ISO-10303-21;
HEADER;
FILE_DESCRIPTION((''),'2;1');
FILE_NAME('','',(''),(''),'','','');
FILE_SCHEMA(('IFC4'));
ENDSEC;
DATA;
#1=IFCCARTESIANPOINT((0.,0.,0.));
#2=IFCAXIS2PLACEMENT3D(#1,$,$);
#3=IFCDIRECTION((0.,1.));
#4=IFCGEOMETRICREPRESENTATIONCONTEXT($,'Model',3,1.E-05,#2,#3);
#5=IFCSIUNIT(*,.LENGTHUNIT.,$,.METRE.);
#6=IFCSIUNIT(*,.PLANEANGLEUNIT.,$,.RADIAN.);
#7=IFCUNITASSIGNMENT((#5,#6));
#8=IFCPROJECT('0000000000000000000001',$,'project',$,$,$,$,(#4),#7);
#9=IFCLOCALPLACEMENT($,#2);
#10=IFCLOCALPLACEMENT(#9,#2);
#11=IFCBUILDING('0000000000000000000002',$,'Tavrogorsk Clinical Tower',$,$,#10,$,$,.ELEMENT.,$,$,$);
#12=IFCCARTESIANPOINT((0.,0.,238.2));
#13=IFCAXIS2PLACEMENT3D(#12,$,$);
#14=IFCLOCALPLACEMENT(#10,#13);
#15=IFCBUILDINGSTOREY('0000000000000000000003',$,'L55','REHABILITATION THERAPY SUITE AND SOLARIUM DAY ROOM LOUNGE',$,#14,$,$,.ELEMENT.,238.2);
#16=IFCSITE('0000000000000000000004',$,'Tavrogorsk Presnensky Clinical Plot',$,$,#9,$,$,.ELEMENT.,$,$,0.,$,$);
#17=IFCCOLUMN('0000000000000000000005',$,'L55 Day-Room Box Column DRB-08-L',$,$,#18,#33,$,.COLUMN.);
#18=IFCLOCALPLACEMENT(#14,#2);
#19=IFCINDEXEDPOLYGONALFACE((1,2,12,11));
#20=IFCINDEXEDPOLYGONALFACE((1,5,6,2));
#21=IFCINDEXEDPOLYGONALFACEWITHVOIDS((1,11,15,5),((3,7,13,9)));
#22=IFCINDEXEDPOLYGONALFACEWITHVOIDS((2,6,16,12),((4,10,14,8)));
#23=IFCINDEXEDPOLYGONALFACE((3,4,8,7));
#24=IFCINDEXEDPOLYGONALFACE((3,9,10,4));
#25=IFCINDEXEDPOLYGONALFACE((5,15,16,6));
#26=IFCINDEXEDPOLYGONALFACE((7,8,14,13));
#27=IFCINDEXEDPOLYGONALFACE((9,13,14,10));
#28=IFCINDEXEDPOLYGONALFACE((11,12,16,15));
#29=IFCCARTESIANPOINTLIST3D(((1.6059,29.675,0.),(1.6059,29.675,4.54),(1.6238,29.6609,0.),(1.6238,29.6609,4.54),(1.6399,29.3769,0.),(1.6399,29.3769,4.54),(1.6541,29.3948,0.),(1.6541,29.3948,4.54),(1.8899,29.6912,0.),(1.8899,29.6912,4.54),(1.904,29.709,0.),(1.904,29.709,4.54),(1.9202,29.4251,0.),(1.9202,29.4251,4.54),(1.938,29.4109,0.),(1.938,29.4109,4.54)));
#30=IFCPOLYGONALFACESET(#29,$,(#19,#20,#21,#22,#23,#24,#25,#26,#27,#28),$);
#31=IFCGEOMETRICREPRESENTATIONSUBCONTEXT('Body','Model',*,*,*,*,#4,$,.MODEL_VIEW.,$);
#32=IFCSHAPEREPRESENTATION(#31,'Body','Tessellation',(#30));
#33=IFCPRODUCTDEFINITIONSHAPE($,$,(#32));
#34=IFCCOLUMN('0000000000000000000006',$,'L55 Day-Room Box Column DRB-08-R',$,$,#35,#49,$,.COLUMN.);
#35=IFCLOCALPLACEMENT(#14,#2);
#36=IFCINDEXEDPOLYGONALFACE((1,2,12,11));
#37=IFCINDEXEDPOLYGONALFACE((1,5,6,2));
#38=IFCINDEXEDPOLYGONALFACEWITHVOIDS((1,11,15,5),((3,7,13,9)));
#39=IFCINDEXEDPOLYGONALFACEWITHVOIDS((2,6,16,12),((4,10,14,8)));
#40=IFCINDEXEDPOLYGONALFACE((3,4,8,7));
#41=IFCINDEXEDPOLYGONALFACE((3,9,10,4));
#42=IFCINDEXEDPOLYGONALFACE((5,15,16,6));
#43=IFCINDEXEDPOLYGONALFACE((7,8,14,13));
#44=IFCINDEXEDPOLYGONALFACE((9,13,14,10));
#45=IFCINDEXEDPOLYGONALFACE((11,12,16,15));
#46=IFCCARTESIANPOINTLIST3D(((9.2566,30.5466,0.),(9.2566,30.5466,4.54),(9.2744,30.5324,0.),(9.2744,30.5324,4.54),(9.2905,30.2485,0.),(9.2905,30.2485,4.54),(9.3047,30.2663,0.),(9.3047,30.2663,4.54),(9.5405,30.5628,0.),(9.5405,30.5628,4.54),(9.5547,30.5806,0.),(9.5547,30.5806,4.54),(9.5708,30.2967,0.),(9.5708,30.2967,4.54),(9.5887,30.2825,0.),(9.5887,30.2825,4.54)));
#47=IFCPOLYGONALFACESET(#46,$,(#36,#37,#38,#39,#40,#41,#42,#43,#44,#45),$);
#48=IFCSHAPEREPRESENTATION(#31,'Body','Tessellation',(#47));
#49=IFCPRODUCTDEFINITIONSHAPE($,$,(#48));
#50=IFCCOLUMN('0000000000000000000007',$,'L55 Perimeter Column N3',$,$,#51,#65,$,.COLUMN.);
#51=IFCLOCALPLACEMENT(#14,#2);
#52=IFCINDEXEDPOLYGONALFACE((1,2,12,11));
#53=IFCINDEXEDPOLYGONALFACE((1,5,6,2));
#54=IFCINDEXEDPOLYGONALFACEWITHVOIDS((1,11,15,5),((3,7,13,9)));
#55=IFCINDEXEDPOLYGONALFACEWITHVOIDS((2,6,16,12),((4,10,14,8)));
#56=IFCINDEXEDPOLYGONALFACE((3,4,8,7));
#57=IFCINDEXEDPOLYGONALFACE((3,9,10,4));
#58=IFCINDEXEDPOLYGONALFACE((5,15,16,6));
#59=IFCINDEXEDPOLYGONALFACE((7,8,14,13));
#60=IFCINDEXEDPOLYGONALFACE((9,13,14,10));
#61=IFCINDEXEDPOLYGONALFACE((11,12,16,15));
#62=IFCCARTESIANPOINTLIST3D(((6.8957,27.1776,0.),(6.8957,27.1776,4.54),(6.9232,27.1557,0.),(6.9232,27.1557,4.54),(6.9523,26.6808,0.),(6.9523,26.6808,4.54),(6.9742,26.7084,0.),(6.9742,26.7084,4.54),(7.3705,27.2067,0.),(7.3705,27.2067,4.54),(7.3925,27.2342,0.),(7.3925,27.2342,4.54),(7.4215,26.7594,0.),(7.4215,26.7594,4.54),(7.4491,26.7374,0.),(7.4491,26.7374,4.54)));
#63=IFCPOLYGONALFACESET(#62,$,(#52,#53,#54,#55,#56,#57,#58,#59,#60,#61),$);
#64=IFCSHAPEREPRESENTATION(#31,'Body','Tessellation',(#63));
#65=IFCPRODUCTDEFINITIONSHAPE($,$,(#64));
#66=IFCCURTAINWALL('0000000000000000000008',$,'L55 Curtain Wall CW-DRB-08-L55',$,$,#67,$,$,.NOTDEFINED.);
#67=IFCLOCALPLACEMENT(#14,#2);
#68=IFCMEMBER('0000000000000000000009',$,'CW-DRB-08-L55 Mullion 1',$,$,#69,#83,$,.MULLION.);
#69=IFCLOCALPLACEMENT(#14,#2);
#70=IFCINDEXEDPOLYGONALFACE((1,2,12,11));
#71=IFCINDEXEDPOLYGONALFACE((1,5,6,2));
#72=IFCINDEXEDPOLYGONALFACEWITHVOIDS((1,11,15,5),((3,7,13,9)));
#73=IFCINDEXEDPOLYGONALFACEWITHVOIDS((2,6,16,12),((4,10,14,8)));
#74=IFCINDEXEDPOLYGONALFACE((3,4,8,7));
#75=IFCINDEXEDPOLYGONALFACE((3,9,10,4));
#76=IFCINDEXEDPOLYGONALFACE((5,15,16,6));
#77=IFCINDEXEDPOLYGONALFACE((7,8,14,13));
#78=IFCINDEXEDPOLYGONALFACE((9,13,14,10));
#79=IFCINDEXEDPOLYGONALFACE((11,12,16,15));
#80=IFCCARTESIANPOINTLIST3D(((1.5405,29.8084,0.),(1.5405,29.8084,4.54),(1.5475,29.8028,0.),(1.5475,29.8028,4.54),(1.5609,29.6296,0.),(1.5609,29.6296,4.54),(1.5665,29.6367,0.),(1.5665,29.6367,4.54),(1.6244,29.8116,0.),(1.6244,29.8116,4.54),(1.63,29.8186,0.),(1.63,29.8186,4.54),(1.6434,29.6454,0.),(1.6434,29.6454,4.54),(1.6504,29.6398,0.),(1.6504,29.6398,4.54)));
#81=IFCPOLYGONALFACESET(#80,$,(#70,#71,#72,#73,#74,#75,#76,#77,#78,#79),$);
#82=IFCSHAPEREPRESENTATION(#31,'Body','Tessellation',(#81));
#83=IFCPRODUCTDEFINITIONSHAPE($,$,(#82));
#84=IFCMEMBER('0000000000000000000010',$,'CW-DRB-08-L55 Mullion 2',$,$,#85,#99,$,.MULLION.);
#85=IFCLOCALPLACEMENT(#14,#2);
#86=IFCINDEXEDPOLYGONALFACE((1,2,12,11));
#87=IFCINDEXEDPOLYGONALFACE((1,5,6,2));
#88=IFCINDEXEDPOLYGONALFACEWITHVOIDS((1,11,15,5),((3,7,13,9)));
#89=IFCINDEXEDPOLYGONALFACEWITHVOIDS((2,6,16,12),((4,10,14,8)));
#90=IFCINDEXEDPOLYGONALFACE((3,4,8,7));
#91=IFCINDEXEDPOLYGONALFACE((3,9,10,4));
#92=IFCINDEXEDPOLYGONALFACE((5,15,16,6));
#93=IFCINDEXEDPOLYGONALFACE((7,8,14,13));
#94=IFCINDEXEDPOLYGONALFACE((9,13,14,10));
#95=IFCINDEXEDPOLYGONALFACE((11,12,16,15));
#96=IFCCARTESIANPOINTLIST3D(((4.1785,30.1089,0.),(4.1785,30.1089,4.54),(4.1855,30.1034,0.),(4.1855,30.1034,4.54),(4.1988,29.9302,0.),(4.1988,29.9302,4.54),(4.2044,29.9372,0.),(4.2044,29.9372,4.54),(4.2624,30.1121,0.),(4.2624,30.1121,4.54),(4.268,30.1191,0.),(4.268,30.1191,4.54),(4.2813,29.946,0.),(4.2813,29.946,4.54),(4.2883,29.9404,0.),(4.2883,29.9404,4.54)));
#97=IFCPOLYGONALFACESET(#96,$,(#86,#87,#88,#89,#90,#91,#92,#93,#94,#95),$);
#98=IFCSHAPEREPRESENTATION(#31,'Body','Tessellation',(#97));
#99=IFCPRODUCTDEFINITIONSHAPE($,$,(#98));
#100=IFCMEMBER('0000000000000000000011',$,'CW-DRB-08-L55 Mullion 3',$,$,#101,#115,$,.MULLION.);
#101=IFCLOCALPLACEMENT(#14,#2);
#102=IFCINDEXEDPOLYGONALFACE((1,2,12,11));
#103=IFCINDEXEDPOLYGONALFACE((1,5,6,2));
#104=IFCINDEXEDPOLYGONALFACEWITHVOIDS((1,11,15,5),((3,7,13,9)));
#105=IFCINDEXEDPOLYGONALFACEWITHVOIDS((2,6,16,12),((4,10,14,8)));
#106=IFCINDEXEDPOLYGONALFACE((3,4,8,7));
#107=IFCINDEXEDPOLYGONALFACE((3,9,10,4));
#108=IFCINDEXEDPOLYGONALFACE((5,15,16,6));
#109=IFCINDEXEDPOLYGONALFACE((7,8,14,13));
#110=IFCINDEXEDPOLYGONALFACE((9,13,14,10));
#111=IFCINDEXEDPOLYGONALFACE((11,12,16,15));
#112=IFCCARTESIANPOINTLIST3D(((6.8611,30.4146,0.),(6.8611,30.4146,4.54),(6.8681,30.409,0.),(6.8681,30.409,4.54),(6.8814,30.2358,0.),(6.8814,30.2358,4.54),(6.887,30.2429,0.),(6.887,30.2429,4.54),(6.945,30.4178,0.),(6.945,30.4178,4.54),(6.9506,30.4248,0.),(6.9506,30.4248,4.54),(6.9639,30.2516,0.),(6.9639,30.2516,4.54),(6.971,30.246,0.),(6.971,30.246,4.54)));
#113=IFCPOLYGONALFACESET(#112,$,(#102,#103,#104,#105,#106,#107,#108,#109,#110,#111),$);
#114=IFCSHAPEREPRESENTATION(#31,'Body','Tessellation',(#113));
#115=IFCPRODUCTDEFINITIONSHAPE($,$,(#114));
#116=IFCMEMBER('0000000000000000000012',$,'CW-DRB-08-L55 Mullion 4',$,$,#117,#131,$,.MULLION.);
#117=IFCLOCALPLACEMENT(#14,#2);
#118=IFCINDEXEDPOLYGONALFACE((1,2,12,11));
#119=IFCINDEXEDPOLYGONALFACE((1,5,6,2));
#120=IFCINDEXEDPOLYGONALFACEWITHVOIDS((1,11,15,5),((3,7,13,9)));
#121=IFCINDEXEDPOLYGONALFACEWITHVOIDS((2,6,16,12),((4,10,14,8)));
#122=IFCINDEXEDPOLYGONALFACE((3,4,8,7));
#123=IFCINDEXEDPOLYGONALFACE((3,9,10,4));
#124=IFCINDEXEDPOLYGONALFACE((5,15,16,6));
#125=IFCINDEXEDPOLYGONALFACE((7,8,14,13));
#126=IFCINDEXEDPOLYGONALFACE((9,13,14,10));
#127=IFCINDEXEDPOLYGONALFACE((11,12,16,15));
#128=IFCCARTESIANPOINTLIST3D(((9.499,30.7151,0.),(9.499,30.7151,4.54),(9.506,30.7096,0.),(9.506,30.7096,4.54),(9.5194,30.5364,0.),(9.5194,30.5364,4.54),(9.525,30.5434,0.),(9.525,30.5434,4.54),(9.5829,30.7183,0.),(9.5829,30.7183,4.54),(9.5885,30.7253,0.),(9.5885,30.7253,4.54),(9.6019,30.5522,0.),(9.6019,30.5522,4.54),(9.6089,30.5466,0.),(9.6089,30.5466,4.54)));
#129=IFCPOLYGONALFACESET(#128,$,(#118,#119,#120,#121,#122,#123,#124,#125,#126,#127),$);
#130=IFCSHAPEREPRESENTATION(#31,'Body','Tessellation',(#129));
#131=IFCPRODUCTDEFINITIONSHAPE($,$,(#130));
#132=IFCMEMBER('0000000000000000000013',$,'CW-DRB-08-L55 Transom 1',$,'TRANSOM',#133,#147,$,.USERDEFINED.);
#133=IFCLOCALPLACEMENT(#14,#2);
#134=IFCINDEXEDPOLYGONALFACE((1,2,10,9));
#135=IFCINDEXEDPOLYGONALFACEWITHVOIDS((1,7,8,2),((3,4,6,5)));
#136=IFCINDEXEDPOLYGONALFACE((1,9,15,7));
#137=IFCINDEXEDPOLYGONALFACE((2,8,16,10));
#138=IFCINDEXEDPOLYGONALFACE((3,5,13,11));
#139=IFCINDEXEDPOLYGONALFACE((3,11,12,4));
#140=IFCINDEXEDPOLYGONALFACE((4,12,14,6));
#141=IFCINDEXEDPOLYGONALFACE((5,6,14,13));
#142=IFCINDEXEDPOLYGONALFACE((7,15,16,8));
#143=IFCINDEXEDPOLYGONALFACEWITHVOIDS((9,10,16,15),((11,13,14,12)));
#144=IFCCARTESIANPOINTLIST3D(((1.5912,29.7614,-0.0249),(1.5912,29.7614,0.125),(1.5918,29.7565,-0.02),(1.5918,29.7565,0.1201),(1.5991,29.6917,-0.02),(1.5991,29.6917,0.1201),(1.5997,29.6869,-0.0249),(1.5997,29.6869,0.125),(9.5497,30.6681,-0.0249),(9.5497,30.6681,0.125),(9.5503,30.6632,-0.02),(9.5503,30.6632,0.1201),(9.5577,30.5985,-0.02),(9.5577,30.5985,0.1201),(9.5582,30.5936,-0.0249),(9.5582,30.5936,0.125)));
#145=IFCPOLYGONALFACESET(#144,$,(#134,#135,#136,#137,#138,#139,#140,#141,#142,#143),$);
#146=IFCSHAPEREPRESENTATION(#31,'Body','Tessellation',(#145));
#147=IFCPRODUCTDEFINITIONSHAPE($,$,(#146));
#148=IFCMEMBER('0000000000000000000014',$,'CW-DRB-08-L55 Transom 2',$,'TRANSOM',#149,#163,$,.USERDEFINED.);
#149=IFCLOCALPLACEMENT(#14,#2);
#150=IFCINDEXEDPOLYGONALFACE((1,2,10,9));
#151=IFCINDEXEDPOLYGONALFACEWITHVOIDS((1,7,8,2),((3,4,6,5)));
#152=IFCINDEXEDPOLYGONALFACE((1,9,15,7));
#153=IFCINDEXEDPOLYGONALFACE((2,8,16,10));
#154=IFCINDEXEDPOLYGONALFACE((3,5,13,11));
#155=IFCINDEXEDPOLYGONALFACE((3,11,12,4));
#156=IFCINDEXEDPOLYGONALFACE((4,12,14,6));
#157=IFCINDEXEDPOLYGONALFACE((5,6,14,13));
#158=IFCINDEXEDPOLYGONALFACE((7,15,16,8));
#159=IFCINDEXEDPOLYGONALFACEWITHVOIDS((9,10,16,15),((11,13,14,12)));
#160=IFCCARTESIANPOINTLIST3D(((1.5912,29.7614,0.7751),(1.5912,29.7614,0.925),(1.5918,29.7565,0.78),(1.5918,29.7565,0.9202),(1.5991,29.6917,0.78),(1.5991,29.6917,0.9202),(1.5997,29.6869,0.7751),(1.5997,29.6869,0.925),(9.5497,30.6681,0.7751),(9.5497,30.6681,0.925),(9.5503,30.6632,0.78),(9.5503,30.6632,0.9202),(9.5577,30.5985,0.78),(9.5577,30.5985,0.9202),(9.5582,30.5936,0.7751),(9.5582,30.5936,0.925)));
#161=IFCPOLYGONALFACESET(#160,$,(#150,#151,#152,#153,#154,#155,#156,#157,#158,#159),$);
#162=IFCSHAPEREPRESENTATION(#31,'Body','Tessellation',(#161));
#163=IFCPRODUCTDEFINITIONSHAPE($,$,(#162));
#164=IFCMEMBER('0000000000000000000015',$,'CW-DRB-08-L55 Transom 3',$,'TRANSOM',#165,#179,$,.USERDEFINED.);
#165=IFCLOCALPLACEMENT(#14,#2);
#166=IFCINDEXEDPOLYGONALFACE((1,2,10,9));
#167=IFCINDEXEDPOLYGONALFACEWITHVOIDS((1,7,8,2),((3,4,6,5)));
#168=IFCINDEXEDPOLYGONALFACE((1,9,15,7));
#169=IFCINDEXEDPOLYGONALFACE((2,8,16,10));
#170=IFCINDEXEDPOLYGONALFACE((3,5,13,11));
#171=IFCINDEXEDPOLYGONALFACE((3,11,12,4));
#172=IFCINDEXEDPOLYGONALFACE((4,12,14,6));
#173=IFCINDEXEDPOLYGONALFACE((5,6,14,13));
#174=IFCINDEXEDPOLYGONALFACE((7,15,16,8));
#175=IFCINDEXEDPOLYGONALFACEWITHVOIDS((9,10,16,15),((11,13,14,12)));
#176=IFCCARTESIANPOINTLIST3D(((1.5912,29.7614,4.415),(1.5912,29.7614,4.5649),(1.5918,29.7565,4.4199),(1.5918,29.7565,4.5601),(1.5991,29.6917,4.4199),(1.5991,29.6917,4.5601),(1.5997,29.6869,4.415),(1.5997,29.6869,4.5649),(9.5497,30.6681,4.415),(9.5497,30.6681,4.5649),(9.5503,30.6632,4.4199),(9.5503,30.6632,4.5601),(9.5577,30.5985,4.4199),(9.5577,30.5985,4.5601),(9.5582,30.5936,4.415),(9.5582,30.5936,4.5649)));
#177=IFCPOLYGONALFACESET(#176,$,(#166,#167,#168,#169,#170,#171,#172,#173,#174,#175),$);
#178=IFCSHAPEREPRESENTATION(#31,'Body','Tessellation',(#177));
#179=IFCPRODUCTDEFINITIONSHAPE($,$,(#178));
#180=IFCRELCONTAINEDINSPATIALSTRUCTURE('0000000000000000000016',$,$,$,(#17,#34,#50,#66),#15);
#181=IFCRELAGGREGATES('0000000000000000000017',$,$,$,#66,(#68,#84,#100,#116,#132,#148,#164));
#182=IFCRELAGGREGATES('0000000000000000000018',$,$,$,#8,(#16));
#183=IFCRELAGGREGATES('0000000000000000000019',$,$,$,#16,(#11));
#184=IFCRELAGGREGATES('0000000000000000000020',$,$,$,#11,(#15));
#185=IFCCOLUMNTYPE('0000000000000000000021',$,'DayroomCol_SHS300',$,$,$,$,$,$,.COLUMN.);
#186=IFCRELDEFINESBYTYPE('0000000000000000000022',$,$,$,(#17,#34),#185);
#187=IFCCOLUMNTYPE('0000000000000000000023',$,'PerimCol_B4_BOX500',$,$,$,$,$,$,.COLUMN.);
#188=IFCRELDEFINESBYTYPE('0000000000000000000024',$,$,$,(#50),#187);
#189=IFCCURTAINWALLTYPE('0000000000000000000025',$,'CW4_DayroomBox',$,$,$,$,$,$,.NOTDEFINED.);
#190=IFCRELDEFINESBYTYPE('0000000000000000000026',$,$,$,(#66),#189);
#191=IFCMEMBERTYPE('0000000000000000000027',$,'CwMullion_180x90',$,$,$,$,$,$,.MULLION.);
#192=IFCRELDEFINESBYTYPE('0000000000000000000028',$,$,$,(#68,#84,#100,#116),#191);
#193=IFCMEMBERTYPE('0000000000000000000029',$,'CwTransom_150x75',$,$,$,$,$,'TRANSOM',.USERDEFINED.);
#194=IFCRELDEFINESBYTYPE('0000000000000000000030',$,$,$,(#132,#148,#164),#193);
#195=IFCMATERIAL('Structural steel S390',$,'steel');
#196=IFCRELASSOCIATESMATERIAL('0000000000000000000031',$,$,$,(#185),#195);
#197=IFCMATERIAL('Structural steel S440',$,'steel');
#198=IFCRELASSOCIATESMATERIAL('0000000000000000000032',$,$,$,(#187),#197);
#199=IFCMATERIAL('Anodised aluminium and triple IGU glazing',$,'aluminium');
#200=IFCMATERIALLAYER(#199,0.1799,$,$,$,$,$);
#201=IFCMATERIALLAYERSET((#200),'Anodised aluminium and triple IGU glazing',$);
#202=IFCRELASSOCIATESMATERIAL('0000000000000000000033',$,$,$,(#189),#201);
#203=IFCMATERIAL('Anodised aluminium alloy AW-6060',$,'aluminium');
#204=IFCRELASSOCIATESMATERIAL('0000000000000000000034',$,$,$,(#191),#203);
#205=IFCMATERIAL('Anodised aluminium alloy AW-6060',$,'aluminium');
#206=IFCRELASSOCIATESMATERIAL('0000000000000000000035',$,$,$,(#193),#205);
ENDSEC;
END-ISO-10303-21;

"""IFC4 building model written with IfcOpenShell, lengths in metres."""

from ifc_helpers import new_model, si_unit, direction, frame, origin, origin_2d, place, context, subcontext, project, spatial, hollow_rectangle, extrude, material, layer, layer_set, material_profile, profile_set, type_object, element, aggregate, save


model = new_model("IFC4")

# Units and contexts
model_context = context("Model", 3, precision=1e-05, world=origin(), true_north=direction((0.0, 1.0)))
body_context = subcontext(model_context, "Body", "Model", "MODEL_VIEW")
ifc_project = project(units=[si_unit("LENGTHUNIT", "METRE"), si_unit("PLANEANGLEUNIT", "RADIAN")], contexts=[model_context])

# Site, building, storey
site_placement = place(None, origin())
site = spatial("IfcSite", under=ifc_project, at=site_placement, Name="Tavrogorsk Presnensky Clinical Plot", CompositionType="ELEMENT", RefElevation=0.0)
building_placement = place(site_placement, origin())
building = spatial("IfcBuilding", under=site, at=building_placement, Name="Tavrogorsk Clinical Tower", CompositionType="ELEMENT")
storey_placement = place(building_placement, frame((0.0, 0.0, 238.2)))
storey = spatial("IfcBuildingStorey", under=building, at=storey_placement, Name="L55", Description="REHABILITATION THERAPY SUITE AND SOLARIUM DAY ROOM LOUNGE", CompositionType="ELEMENT", Elevation=238.2)

# Columns
ifc_material_1 = material(Name="Structural steel S390", Category="steel")
ifc_material_profile_1 = material_profile(ifc_material_1, hollow_rectangle(XDim=0.3, YDim=0.3, WallThickness=0.0161, at=origin_2d()), Name="SHS-300x300x16")
ifc_profile_set_1 = profile_set([ifc_material_profile_1], Name="Structural steel S390")
column_type_1 = type_object("IfcColumnType", Name="DayroomCol_SHS300", PredefinedType="COLUMN", material=ifc_profile_set_1)
for number, where, z_axis, x_axis, name in (
    (1, (1.772, 29.543, 0.0), (0.0, 0.0, 1.0), (0.993572, 0.113203, 0.0), "L55 Day-Room Box Column DRB-08-L"),
    (2, (9.4226, 30.4146, 0.0), (0.0, 0.0, 1.0), (0.993572, 0.113203, 0.0), "L55 Day-Room Box Column DRB-08-R"),
):
    element("IfcColumn", number, at=place(storey_placement, frame(where, z_axis=z_axis, x_axis=x_axis)), inside=storey, type_object=column_type_1, Name=name, PredefinedType="COLUMN", context=body_context, shape_type="SweptSolid", body=[
        extrude(hollow_rectangle(XDim=0.3, YDim=0.3, WallThickness=0.0161, at=origin_2d()), origin(), (0.0, 0.0, 1.0), 4.54),
    ])
ifc_material_2 = material(Name="Structural steel S440", Category="steel")
ifc_material_profile_2 = material_profile(ifc_material_2, hollow_rectangle(XDim=0.5, YDim=0.5, WallThickness=0.0249, at=origin_2d()), Name="BOX-500x500x25")
ifc_profile_set_2 = profile_set([ifc_material_profile_2], Name="Structural steel S440")
column_type_2 = type_object("IfcColumnType", Name="PerimCol_B4_BOX500", PredefinedType="COLUMN", material=ifc_profile_set_2)
column_placement = place(storey_placement, frame((7.1724, 26.9575, 0.0), z_axis=(0.0, 0.0, 1.0), x_axis=(0.993572, 0.113203, 0.0)))
element("IfcColumn", 3, at=column_placement, inside=storey, type_object=column_type_2, Name="L55 Perimeter Column N3", PredefinedType="COLUMN", context=body_context, shape_type="SweptSolid", body=[
    extrude(hollow_rectangle(XDim=0.5, YDim=0.5, WallThickness=0.0249, at=origin_2d()), origin(), (0.0, 0.0, 1.0), 4.54),
])

# Curtain wall, members
ifc_material_3 = material(Name="Anodised aluminium and triple IGU glazing", Category="aluminium")
ifc_layer_1 = layer(ifc_material_3, 0.1799)
ifc_layer_set_1 = layer_set([ifc_layer_1], Name="Anodised aluminium and triple IGU glazing")
curtain_wall_type = type_object("IfcCurtainWallType", Name="CW4_DayroomBox", PredefinedType="NOTDEFINED", material=ifc_layer_set_1)
curtain_wall_placement = place(storey_placement, origin())
curtain_wall = element("IfcCurtainWall", 4, at=curtain_wall_placement, inside=storey, type_object=curtain_wall_type, Name="L55 Curtain Wall CW-DRB-08-L55", PredefinedType="NOTDEFINED")
ifc_material_4 = material(Name="Anodised aluminium alloy AW-6060", Category="aluminium")
ifc_material_profile_3 = material_profile(ifc_material_4, hollow_rectangle(XDim=0.0901, YDim=0.1799, WallThickness=0.0063, at=origin_2d()), Name="RHS-180x90x6.3")
ifc_profile_set_3 = profile_set([ifc_material_profile_3], Name="Anodised aluminium alloy AW-6060")
member_type_1 = type_object("IfcMemberType", Name="CwMullion_180x90", PredefinedType="MULLION", material=ifc_profile_set_3)
member_1_placement = place(storey_placement, frame((1.5955, 29.7241, 0.0), z_axis=(0.0, 0.0, 1.0), x_axis=(0.993572, 0.113203, 0.0)))
member_1 = element("IfcMember", 5, at=member_1_placement, type_object=member_type_1, Name="CW-DRB-08-L55 Mullion 1", PredefinedType="MULLION", context=body_context, shape_type="SweptSolid", body=[
    extrude(hollow_rectangle(XDim=0.0901, YDim=0.1799, WallThickness=0.0063, at=origin_2d()), origin(), (0.0, 0.0, 1.0), 4.54),
])
member_2_placement = place(storey_placement, frame((4.2334, 30.0247, 0.0), z_axis=(0.0, 0.0, 1.0), x_axis=(0.993572, 0.113203, 0.0)))
member_2 = element("IfcMember", 6, at=member_2_placement, type_object=member_type_1, Name="CW-DRB-08-L55 Mullion 2", PredefinedType="MULLION", context=body_context, shape_type="SweptSolid", body=[
    extrude(hollow_rectangle(XDim=0.0901, YDim=0.1799, WallThickness=0.0063, at=origin_2d()), origin(), (0.0, 0.0, 1.0), 4.54),
])
member_3_placement = place(storey_placement, frame((6.916, 30.3303, 0.0), z_axis=(0.0, 0.0, 1.0), x_axis=(0.993572, 0.113203, 0.0)))
member_3 = element("IfcMember", 7, at=member_3_placement, type_object=member_type_1, Name="CW-DRB-08-L55 Mullion 3", PredefinedType="MULLION", context=body_context, shape_type="SweptSolid", body=[
    extrude(hollow_rectangle(XDim=0.0901, YDim=0.1799, WallThickness=0.0063, at=origin_2d()), origin(), (0.0, 0.0, 1.0), 4.54),
])
member_4_placement = place(storey_placement, frame((9.554, 30.6309, 0.0), z_axis=(0.0, 0.0, 1.0), x_axis=(0.993572, 0.113203, 0.0)))
member_4 = element("IfcMember", 8, at=member_4_placement, type_object=member_type_1, Name="CW-DRB-08-L55 Mullion 4", PredefinedType="MULLION", context=body_context, shape_type="SweptSolid", body=[
    extrude(hollow_rectangle(XDim=0.0901, YDim=0.1799, WallThickness=0.0063, at=origin_2d()), origin(), (0.0, 0.0, 1.0), 4.54),
])
ifc_material_5 = material(Name="Anodised aluminium alloy AW-6060", Category="aluminium")
ifc_material_profile_4 = material_profile(ifc_material_5, hollow_rectangle(XDim=0.075, YDim=0.1499, WallThickness=0.0049, at=origin_2d()), Name="RHS-150x75x5")
ifc_profile_set_4 = profile_set([ifc_material_profile_4], Name="Anodised aluminium alloy AW-6060")
member_type_2 = type_object("IfcMemberType", Name="CwTransom_150x75", ElementType="TRANSOM", PredefinedType="USERDEFINED", material=ifc_profile_set_4)
member_5_placement = place(storey_placement, frame((1.5955, 29.7241, 0.05), z_axis=(0.993572, 0.113201, 0.0), x_axis=(-0.113201, 0.993572, 0.0)))
member_5 = element("IfcMember", 9, at=member_5_placement, type_object=member_type_2, Name="CW-DRB-08-L55 Transom 1", ObjectType="TRANSOM", PredefinedType="USERDEFINED", context=body_context, shape_type="SweptSolid", body=[
    extrude(hollow_rectangle(XDim=0.075, YDim=0.1499, WallThickness=0.0049, at=origin_2d()), origin(), (0.0, 0.0, 1.0), 8.01),
])
member_6_placement = place(storey_placement, frame((1.5955, 29.7241, 0.8501), z_axis=(0.993572, 0.113201, 0.0), x_axis=(-0.113201, 0.993572, 0.0)))
member_6 = element("IfcMember", 10, at=member_6_placement, type_object=member_type_2, Name="CW-DRB-08-L55 Transom 2", ObjectType="TRANSOM", PredefinedType="USERDEFINED", context=body_context, shape_type="SweptSolid", body=[
    extrude(hollow_rectangle(XDim=0.075, YDim=0.1499, WallThickness=0.0049, at=origin_2d()), origin(), (0.0, 0.0, 1.0), 8.01),
])
member_7_placement = place(storey_placement, frame((1.5955, 29.7241, 4.49), z_axis=(0.993572, 0.113201, 0.0), x_axis=(-0.113201, 0.993572, 0.0)))
member_7 = element("IfcMember", 11, at=member_7_placement, type_object=member_type_2, Name="CW-DRB-08-L55 Transom 3", ObjectType="TRANSOM", PredefinedType="USERDEFINED", context=body_context, shape_type="SweptSolid", body=[
    extrude(hollow_rectangle(XDim=0.075, YDim=0.1499, WallThickness=0.0049, at=origin_2d()), origin(), (0.0, 0.0, 1.0), 8.01),
])

aggregate(curtain_wall, [member_1, member_2, member_3, member_4, member_5, member_6, member_7])

save(model, "model.ifc")
